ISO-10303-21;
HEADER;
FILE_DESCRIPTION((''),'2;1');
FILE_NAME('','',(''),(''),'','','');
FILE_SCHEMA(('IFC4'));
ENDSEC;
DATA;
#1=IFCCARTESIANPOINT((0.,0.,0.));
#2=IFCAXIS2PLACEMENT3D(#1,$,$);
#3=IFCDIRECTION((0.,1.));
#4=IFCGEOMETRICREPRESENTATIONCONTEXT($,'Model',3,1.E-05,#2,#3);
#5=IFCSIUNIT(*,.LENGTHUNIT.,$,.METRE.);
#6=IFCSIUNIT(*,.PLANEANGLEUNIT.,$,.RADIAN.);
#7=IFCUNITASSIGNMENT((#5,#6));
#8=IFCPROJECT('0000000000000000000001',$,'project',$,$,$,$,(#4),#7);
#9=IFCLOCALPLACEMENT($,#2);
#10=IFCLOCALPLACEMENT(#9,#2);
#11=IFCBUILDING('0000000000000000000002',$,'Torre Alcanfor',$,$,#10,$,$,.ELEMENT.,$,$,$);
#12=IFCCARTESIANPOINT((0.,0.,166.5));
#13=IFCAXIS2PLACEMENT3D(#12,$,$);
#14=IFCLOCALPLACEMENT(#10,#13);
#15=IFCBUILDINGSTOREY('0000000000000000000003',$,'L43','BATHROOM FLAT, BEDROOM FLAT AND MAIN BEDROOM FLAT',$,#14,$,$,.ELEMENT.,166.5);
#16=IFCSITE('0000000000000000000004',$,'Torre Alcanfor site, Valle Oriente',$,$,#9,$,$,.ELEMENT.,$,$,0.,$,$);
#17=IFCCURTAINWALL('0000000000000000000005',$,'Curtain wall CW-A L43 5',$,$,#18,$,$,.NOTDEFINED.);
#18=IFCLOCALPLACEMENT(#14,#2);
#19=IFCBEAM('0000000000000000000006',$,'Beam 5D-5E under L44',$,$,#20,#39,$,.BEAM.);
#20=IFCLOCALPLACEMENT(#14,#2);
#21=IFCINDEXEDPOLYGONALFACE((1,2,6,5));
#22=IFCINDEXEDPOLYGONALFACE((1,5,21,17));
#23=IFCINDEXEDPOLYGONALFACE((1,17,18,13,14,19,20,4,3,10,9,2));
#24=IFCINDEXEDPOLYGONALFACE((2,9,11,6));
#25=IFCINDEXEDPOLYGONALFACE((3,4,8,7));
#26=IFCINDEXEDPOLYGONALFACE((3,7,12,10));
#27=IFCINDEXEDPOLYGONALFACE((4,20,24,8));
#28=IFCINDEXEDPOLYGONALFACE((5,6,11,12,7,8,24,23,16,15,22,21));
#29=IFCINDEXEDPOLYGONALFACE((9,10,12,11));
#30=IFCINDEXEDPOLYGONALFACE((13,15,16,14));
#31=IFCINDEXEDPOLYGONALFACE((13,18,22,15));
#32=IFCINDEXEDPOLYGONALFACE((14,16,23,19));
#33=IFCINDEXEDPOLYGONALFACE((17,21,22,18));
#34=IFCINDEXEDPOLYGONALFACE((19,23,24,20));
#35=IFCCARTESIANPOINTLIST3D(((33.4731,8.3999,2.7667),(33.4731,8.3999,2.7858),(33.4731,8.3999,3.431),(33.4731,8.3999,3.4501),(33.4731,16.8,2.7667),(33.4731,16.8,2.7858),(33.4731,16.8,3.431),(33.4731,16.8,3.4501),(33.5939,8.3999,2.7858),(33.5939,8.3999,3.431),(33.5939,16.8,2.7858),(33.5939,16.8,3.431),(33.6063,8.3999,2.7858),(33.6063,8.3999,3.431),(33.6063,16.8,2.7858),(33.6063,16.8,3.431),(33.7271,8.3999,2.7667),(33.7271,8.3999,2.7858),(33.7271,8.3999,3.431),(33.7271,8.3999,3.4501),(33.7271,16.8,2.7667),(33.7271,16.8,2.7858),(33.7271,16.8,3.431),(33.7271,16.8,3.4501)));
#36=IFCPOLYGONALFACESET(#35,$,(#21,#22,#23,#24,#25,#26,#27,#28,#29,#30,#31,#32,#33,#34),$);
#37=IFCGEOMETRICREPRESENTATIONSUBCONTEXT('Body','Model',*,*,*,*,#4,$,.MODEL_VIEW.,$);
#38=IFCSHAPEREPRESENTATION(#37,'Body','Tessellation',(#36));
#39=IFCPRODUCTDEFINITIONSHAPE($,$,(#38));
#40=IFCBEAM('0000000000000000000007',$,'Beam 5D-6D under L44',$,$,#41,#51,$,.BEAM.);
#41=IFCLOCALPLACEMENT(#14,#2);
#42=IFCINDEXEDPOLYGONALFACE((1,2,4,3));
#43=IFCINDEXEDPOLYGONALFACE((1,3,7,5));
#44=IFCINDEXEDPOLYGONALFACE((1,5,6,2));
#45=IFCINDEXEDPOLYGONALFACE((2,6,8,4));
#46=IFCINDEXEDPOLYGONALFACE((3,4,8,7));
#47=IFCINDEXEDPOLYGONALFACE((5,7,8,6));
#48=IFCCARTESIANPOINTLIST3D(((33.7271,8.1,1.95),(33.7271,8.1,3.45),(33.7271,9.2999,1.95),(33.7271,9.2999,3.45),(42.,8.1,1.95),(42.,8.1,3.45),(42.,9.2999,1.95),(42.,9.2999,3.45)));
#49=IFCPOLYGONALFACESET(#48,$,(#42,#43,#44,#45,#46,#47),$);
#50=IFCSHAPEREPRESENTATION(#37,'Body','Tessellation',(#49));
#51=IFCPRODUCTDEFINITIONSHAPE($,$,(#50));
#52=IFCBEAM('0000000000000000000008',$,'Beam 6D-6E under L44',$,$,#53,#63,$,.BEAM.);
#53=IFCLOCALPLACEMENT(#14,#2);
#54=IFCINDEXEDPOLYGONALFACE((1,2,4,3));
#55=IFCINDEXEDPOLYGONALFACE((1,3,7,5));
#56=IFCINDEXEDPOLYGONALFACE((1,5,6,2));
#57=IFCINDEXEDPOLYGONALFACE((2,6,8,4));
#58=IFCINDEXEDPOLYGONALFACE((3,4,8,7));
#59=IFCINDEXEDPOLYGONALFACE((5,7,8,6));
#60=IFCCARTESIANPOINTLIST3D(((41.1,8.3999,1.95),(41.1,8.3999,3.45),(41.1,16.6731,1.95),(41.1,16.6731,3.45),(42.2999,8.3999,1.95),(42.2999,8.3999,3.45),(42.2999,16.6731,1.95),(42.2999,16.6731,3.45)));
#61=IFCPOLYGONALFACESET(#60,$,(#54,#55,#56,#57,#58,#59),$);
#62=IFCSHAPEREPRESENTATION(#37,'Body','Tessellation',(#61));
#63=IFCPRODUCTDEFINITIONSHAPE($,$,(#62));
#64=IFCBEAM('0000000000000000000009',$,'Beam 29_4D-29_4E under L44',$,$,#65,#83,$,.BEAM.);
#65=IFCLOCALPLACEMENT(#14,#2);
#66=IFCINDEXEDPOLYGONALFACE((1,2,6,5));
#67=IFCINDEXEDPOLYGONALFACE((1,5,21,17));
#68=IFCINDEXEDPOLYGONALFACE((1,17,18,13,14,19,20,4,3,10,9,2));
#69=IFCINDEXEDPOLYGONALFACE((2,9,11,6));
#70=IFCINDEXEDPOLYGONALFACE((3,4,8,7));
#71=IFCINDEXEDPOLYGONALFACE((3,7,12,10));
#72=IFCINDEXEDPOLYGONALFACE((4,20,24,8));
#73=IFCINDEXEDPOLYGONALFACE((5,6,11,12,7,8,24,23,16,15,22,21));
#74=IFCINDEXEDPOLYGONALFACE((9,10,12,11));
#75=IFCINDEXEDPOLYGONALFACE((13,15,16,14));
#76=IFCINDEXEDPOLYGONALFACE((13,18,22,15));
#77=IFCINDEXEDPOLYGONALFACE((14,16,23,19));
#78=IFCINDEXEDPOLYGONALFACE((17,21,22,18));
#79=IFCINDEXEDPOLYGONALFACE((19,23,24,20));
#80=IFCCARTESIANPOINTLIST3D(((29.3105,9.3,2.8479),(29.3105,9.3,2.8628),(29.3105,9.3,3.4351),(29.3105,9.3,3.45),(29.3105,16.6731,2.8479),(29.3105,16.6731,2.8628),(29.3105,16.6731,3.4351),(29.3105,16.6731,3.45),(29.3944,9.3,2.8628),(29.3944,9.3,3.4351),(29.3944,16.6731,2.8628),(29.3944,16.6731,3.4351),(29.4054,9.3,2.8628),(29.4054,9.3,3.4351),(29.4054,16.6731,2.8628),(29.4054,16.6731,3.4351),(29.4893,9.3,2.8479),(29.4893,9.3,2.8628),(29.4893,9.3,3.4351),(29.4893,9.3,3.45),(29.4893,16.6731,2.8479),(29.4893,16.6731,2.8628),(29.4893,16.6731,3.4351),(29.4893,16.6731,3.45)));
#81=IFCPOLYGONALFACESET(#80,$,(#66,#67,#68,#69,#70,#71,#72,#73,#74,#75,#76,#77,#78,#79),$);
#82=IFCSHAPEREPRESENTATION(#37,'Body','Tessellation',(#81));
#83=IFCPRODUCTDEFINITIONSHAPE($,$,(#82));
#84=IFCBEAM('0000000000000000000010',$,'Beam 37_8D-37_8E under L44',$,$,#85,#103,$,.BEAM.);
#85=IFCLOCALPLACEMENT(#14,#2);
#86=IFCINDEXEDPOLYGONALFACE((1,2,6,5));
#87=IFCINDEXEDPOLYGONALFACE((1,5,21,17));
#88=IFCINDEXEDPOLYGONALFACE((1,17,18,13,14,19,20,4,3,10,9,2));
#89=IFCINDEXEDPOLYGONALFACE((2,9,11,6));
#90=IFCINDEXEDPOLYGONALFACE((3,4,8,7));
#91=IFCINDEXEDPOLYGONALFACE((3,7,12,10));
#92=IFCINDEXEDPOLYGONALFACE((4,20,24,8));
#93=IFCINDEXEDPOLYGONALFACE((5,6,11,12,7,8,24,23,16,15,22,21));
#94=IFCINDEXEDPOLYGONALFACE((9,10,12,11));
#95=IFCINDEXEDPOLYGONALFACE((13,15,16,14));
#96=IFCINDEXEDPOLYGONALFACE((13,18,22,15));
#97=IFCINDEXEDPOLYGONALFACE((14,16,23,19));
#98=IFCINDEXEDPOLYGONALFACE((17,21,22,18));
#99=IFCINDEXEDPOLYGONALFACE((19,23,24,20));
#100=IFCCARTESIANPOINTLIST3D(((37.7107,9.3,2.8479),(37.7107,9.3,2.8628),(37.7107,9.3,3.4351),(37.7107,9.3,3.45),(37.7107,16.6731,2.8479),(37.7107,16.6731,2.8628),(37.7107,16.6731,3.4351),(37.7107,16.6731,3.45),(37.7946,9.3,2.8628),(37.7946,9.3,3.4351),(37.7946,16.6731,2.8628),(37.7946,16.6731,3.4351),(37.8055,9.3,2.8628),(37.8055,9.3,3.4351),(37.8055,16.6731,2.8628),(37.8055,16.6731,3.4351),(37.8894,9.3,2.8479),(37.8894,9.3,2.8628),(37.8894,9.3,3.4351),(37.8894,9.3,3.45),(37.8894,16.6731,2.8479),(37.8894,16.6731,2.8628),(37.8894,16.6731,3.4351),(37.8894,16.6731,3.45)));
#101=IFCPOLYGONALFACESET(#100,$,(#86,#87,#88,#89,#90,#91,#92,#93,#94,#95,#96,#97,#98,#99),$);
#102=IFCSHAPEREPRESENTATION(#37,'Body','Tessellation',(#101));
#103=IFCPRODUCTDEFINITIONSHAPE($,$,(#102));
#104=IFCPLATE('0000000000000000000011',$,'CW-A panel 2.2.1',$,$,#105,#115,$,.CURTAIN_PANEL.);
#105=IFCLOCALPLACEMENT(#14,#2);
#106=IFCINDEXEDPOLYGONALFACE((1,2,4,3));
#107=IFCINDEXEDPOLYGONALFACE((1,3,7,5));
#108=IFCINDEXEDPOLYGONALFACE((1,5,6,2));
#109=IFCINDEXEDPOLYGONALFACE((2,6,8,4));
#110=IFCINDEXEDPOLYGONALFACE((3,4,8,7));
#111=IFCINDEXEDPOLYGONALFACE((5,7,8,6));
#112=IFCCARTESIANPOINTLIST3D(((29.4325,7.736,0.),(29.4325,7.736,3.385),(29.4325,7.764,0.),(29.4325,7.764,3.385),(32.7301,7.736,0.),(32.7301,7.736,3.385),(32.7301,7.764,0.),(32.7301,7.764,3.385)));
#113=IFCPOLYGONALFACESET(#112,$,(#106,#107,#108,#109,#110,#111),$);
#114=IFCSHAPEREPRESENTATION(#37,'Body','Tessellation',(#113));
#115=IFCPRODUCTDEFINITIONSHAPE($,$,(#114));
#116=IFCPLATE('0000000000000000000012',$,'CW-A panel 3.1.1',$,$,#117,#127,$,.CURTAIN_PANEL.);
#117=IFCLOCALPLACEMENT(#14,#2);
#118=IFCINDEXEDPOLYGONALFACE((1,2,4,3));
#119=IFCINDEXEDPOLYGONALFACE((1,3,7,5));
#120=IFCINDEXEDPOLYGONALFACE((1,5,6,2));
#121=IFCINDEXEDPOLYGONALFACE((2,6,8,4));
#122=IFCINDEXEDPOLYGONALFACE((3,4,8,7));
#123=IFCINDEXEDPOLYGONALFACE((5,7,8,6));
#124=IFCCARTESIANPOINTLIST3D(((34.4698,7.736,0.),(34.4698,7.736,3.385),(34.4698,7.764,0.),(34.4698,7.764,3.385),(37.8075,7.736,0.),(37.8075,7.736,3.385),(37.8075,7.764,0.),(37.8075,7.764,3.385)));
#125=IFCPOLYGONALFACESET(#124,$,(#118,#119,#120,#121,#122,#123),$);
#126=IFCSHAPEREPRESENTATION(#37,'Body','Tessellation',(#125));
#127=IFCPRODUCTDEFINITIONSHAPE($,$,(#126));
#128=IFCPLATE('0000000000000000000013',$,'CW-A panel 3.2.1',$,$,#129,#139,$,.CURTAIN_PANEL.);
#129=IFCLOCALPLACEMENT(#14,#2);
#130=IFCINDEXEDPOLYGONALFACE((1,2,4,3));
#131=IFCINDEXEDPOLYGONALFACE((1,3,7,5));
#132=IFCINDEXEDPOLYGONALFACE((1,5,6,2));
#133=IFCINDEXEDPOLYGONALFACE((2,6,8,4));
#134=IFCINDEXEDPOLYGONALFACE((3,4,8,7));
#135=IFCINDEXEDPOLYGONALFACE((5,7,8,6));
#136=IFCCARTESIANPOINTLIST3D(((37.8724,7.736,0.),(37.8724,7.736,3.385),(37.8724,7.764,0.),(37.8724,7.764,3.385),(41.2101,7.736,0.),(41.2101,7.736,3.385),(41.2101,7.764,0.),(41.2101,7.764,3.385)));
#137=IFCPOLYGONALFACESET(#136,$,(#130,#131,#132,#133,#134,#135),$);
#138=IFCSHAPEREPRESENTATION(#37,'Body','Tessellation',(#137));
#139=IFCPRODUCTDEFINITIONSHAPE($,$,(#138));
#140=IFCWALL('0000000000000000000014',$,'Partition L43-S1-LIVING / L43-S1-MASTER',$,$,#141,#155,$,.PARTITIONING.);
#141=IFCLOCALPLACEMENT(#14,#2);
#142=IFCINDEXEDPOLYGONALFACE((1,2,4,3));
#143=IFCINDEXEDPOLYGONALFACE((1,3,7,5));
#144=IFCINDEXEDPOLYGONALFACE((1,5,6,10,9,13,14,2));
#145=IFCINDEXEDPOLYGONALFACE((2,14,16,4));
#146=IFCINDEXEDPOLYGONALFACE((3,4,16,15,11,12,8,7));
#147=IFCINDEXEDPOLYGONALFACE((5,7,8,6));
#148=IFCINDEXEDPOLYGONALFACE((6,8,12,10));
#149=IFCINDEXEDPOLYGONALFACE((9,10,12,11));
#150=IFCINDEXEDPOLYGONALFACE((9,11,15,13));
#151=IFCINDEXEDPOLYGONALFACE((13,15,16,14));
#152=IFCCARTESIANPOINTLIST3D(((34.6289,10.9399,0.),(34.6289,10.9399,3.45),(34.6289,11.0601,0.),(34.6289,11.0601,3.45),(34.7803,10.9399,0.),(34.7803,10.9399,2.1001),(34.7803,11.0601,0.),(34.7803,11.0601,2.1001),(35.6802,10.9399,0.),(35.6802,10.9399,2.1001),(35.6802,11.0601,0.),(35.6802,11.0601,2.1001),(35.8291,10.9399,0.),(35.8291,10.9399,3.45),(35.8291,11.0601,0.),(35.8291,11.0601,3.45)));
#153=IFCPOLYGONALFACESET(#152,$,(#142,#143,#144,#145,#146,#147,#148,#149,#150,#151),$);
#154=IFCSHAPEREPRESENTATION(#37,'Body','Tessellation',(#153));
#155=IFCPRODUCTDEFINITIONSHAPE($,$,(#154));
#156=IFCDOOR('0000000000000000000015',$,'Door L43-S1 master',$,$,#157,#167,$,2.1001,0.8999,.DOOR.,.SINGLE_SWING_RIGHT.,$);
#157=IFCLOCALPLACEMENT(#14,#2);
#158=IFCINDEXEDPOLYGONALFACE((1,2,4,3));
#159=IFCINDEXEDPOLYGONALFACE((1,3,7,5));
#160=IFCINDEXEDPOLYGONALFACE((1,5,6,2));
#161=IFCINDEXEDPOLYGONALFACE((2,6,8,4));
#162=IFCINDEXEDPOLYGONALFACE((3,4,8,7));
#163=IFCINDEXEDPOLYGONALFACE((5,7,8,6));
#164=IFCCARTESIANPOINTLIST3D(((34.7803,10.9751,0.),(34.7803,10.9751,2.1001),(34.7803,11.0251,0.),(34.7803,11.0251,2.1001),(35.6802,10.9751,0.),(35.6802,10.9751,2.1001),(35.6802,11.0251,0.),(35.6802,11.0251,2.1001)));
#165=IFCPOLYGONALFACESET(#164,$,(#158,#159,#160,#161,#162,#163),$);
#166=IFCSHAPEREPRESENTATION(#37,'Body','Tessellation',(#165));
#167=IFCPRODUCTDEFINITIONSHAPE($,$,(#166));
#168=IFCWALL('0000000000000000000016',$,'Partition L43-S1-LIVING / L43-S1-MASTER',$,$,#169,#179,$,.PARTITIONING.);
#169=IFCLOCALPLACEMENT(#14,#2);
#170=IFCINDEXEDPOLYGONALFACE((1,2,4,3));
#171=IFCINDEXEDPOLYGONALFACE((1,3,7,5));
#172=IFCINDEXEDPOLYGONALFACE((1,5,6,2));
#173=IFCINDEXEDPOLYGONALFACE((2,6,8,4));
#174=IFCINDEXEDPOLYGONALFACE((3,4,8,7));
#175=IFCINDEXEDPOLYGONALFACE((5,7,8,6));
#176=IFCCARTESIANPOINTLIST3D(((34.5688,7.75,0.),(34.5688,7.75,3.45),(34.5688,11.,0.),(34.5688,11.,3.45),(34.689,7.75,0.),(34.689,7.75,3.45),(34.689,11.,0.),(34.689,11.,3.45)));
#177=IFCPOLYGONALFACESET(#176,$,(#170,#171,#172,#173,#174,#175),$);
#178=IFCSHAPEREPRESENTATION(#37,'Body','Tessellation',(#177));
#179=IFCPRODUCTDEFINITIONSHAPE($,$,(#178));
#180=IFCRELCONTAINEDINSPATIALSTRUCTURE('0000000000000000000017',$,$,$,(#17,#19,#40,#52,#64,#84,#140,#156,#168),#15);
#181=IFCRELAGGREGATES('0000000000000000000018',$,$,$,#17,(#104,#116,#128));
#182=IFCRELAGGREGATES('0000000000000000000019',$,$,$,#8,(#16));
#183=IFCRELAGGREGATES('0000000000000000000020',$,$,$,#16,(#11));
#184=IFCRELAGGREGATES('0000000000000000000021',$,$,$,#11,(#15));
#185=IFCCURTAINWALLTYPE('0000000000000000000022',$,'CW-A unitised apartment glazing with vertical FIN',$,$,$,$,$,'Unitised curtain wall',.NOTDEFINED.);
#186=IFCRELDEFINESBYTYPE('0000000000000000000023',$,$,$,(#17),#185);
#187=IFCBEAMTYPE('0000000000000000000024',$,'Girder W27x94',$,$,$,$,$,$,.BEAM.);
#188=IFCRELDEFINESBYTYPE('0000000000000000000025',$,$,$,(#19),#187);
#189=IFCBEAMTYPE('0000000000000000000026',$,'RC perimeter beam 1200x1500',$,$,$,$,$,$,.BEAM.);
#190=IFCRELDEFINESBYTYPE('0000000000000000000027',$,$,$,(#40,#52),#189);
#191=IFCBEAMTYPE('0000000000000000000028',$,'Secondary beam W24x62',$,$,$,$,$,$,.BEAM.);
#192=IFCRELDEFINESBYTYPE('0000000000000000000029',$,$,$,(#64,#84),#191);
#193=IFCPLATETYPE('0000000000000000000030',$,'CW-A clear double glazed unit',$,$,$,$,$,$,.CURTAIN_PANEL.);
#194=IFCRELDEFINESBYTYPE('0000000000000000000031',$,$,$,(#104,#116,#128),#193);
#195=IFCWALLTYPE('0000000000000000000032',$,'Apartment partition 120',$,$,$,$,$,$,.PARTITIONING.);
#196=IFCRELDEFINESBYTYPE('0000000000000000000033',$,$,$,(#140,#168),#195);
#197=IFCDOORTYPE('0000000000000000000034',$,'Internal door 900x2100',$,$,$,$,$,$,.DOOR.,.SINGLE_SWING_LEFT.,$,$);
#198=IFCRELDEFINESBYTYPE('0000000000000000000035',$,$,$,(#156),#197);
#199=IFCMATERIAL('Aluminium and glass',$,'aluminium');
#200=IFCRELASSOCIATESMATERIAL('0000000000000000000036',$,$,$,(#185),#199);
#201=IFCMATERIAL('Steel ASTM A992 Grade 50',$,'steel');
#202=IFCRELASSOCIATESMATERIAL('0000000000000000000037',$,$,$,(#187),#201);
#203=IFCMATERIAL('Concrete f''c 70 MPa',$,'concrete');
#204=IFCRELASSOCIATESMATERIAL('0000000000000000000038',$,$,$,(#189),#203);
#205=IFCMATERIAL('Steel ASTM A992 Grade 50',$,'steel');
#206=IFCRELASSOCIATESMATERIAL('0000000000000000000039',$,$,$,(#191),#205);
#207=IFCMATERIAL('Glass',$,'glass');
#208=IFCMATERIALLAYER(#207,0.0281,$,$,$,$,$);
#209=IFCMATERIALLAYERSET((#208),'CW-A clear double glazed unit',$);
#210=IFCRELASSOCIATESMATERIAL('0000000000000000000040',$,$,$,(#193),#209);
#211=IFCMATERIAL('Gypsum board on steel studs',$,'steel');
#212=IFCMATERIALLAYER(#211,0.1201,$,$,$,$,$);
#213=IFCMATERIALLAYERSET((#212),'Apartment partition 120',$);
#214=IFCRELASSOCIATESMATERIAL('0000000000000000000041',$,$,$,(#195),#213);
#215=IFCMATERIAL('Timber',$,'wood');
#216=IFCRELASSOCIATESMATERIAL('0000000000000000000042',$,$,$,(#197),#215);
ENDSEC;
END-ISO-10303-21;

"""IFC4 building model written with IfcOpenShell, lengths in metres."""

from ifc_helpers import new_model, si_unit, direction, frame, frame_2d, origin, origin_2d, place, context, subcontext, project, spatial, rectangle, i_section, extrude, material, layer, layer_set, material_profile, profile_set, type_object, element, fill, aggregate, save


model = new_model("IFC4")

# Units and contexts
model_context = context("Model", 3, precision=1e-05, world=origin(), true_north=direction((0.0, 1.0)))
body_context = subcontext(model_context, "Body", "Model", "MODEL_VIEW")
ifc_project = project(units=[si_unit("LENGTHUNIT", "METRE"), si_unit("PLANEANGLEUNIT", "RADIAN")], contexts=[model_context])

# Site, building, storey
site_placement = place(None, origin())
site = spatial("IfcSite", under=ifc_project, at=site_placement, Name="Torre Alcanfor site, Valle Oriente", CompositionType="ELEMENT", RefElevation=0.0)
building_placement = place(site_placement, origin())
building = spatial("IfcBuilding", under=site, at=building_placement, Name="Torre Alcanfor", CompositionType="ELEMENT")
storey_placement = place(building_placement, frame((0.0, 0.0, 166.5)))
storey = spatial("IfcBuildingStorey", under=building, at=storey_placement, Name="L43", Description="BATHROOM FLAT, BEDROOM FLAT AND MAIN BEDROOM FLAT", CompositionType="ELEMENT", Elevation=166.5)

# Curtain wall
ifc_material_1 = material(Name="Aluminium and glass", Category="aluminium")
curtain_wall_type = type_object("IfcCurtainWallType", Name="CW-A unitised apartment glazing with vertical FIN", ElementType="Unitised curtain wall", PredefinedType="NOTDEFINED", material=ifc_material_1)
curtain_wall_placement = place(storey_placement, origin())
curtain_wall = element("IfcCurtainWall", 1, at=curtain_wall_placement, inside=storey, type_object=curtain_wall_type, Name="Curtain wall CW-A L43 5", PredefinedType="NOTDEFINED")

# Beams
ifc_material_2 = material(Name="Steel ASTM A992 Grade 50", Category="steel")
ifc_material_profile_1 = material_profile(ifc_material_2, i_section(OverallWidth=0.2539, OverallDepth=0.6833, WebThickness=0.0125, FlangeThickness=0.019, at=origin_2d()), Name="W27x94")
ifc_profile_set_1 = profile_set([ifc_material_profile_1], Name="Steel ASTM A992 Grade 50")
beam_type_1 = type_object("IfcBeamType", Name="Girder W27x94", PredefinedType="BEAM", material=ifc_profile_set_1)
beam_1_placement = place(storey_placement, frame((33.6001, 8.3999, 3.1084), z_axis=(0.0, 1.0, 0.0), x_axis=(-1.0, 0.0, 0.0)))
element("IfcBeam", 2, at=beam_1_placement, inside=storey, type_object=beam_type_1, Name="Beam 5D-5E under L44", PredefinedType="BEAM", context=body_context, shape_type="SweptSolid", body=[
    extrude(i_section(OverallWidth=0.2539, OverallDepth=0.6833, WebThickness=0.0125, FlangeThickness=0.019, at=origin_2d()), origin(), (0.0, 0.0, 1.0), 8.4001),
])
ifc_material_3 = material(Name="Concrete f'c 70 MPa", Category="concrete")
ifc_material_profile_2 = material_profile(ifc_material_3, rectangle(XDim=1.2, YDim=1.5, at=origin_2d()), Name="1200x1500")
ifc_profile_set_2 = profile_set([ifc_material_profile_2], Name="Concrete f'c 70 MPa")
beam_type_2 = type_object("IfcBeamType", Name="RC perimeter beam 1200x1500", PredefinedType="BEAM", material=ifc_profile_set_2)
beam_2_placement = place(storey_placement, frame((33.7271, 8.7, 2.7), z_axis=(1.0, 0.0, 0.0), x_axis=(0.0, 1.0, 0.0)))
element("IfcBeam", 3, at=beam_2_placement, inside=storey, type_object=beam_type_2, Name="Beam 5D-6D under L44", PredefinedType="BEAM", context=body_context, shape_type="SweptSolid", body=[
    extrude(rectangle(XDim=1.2, YDim=1.5, at=origin_2d()), origin(), (0.0, 0.0, 1.0), 8.2729),
])
beam_3_placement = place(storey_placement, frame((41.7, 8.3999, 2.7), z_axis=(0.0, 1.0, 0.0), x_axis=(-1.0, 0.0, 0.0)))
element("IfcBeam", 4, at=beam_3_placement, inside=storey, type_object=beam_type_2, Name="Beam 6D-6E under L44", PredefinedType="BEAM", context=body_context, shape_type="SweptSolid", body=[
    extrude(rectangle(XDim=1.2, YDim=1.5, at=origin_2d()), origin(), (0.0, 0.0, 1.0), 8.2732),
])
ifc_material_4 = material(Name="Steel ASTM A992 Grade 50", Category="steel")
ifc_material_profile_3 = material_profile(ifc_material_4, i_section(OverallWidth=0.1787, OverallDepth=0.6021, WebThickness=0.011, FlangeThickness=0.0149, at=origin_2d()), Name="W24x62")
ifc_profile_set_3 = profile_set([ifc_material_profile_3], Name="Steel ASTM A992 Grade 50")
beam_type_3 = type_object("IfcBeamType", Name="Secondary beam W24x62", PredefinedType="BEAM", material=ifc_profile_set_3)
for number, where, z_axis, x_axis, name in (
    (5, (29.3999, 9.3, 3.1489), (0.0, 1.0, 0.0), (-1.0, 0.0, 0.0), "Beam 29_4D-29_4E under L44"),
    (6, (37.8, 9.3, 3.1489), (0.0, 1.0, 0.0), (-1.0, 0.0, 0.0), "Beam 37_8D-37_8E under L44"),
):
    element("IfcBeam", number, at=place(storey_placement, frame(where, z_axis=z_axis, x_axis=x_axis)), inside=storey, type_object=beam_type_3, Name=name, PredefinedType="BEAM", context=body_context, shape_type="SweptSolid", body=[
        extrude(i_section(OverallWidth=0.1787, OverallDepth=0.6021, WebThickness=0.011, FlangeThickness=0.0149, at=origin_2d()), origin(), (0.0, 0.0, 1.0), 7.373),
    ])

# Plates
ifc_material_5 = material(Name="Glass", Category="glass")
ifc_layer_1 = layer(ifc_material_5, 0.0281)
ifc_layer_set_1 = layer_set([ifc_layer_1], Name="CW-A clear double glazed unit")
plate_type = type_object("IfcPlateType", Name="CW-A clear double glazed unit", PredefinedType="CURTAIN_PANEL", material=ifc_layer_set_1)
plate_1_placement = place(storey_placement, frame((31.0813, 7.75, 0.0), z_axis=(0.0, 0.0, 1.0), x_axis=(1.0, 0.0, 0.0)))
plate_1 = element("IfcPlate", 7, at=plate_1_placement, type_object=plate_type, Name="CW-A panel 2.2.1", PredefinedType="CURTAIN_PANEL", context=body_context, shape_type="SweptSolid", body=[
    extrude(rectangle(XDim=3.2976, YDim=0.0281, at=origin_2d()), origin(), (0.0, 0.0, 1.0), 3.385),
])
plate_2_placement = place(storey_placement, frame((36.1387, 7.75, 0.0), z_axis=(0.0, 0.0, 1.0), x_axis=(1.0, 0.0, 0.0)))
plate_2 = element("IfcPlate", 8, at=plate_2_placement, type_object=plate_type, Name="CW-A panel 3.1.1", PredefinedType="CURTAIN_PANEL", context=body_context, shape_type="SweptSolid", body=[
    extrude(rectangle(XDim=3.3376, YDim=0.0281, at=origin_2d()), origin(), (0.0, 0.0, 1.0), 3.385),
])
plate_3_placement = place(storey_placement, frame((39.5413, 7.75, 0.0), z_axis=(0.0, 0.0, 1.0), x_axis=(1.0, 0.0, 0.0)))
plate_3 = element("IfcPlate", 9, at=plate_3_placement, type_object=plate_type, Name="CW-A panel 3.2.1", PredefinedType="CURTAIN_PANEL", context=body_context, shape_type="SweptSolid", body=[
    extrude(rectangle(XDim=3.3376, YDim=0.0281, at=origin_2d()), origin(), (0.0, 0.0, 1.0), 3.385),
])
aggregate(curtain_wall, [plate_1, plate_2, plate_3])

# Wall, opening, door
ifc_material_6 = material(Name="Gypsum board on steel studs", Category="steel")
ifc_layer_2 = layer(ifc_material_6, 0.1201)
ifc_layer_set_2 = layer_set([ifc_layer_2], Name="Apartment partition 120")
wall_type_1 = type_object("IfcWallType", Name="Apartment partition 120", PredefinedType="PARTITIONING", material=ifc_layer_set_2)
wall_1_placement = place(storey_placement, frame((35.8291, 11.0, 0.0), z_axis=(0.0, 0.0, 1.0), x_axis=(-1.0, 0.0, 0.0)))
wall_1 = element("IfcWall", 10, at=wall_1_placement, inside=storey, type_object=wall_type_1, Name="Partition L43-S1-LIVING / L43-S1-MASTER", PredefinedType="PARTITIONING", context=body_context, shape_type="SweptSolid", body=[
    extrude(rectangle(XDim=1.2002, YDim=0.1201, at=frame_2d((0.6001, 0.0))), origin(), (0.0, 0.0, 1.0), 3.45),
])
opening_1_placement = place(wall_1_placement, frame((0.1489, 0.0, 0.0)))
opening_1 = element("IfcOpeningElement", 11, at=opening_1_placement, cuts=wall_1, PredefinedType="OPENING", context=body_context, shape_type="SweptSolid", body=[
    extrude(rectangle(XDim=0.8999, YDim=2.1001, at=frame_2d((0.45, 1.05))), frame((0.0, 0.0701, 0.0), z_axis=(0.0, -1.0, 0.0), x_axis=(1.0, 0.0, 0.0)), (0.0, 0.0, 1.0), 0.1401),
])
ifc_material_7 = material(Name="Timber", Category="wood")
door_type_1 = type_object("IfcDoorType", Name="Internal door 900x2100", OperationType="SINGLE_SWING_LEFT", PredefinedType="DOOR", material=ifc_material_7)
door_1_placement = place(opening_1_placement, origin())
door_1 = element("IfcDoor", 12, at=door_1_placement, inside=storey, type_object=door_type_1, Name="Door L43-S1 master", OperationType="SINGLE_SWING_RIGHT", OverallHeight=2.1001, OverallWidth=0.8999, PredefinedType="DOOR", context=body_context, shape_type="SweptSolid", body=[
    extrude(rectangle(XDim=0.8999, YDim=2.1001, at=frame_2d((0.45, 1.05))), frame((0.0, 0.0249, 0.0), z_axis=(0.0, -1.0, 0.0), x_axis=(1.0, 0.0, 0.0)), (0.0, 0.0, 1.0), 0.05),
])
fill(opening_1, door_1)

# Wall
wall_2_placement = place(storey_placement, frame((34.6289, 11.0, 0.0), z_axis=(0.0, 0.0, 1.0), x_axis=(0.0, -1.0, 0.0)))
element("IfcWall", 13, at=wall_2_placement, inside=storey, type_object=wall_type_1, Name="Partition L43-S1-LIVING / L43-S1-MASTER", PredefinedType="PARTITIONING", context=body_context, shape_type="SweptSolid", body=[
    extrude(rectangle(XDim=3.25, YDim=0.1201, at=frame_2d((1.625, 0.0))), origin(), (0.0, 0.0, 1.0), 3.45),
])

save(model, "model.ifc")
